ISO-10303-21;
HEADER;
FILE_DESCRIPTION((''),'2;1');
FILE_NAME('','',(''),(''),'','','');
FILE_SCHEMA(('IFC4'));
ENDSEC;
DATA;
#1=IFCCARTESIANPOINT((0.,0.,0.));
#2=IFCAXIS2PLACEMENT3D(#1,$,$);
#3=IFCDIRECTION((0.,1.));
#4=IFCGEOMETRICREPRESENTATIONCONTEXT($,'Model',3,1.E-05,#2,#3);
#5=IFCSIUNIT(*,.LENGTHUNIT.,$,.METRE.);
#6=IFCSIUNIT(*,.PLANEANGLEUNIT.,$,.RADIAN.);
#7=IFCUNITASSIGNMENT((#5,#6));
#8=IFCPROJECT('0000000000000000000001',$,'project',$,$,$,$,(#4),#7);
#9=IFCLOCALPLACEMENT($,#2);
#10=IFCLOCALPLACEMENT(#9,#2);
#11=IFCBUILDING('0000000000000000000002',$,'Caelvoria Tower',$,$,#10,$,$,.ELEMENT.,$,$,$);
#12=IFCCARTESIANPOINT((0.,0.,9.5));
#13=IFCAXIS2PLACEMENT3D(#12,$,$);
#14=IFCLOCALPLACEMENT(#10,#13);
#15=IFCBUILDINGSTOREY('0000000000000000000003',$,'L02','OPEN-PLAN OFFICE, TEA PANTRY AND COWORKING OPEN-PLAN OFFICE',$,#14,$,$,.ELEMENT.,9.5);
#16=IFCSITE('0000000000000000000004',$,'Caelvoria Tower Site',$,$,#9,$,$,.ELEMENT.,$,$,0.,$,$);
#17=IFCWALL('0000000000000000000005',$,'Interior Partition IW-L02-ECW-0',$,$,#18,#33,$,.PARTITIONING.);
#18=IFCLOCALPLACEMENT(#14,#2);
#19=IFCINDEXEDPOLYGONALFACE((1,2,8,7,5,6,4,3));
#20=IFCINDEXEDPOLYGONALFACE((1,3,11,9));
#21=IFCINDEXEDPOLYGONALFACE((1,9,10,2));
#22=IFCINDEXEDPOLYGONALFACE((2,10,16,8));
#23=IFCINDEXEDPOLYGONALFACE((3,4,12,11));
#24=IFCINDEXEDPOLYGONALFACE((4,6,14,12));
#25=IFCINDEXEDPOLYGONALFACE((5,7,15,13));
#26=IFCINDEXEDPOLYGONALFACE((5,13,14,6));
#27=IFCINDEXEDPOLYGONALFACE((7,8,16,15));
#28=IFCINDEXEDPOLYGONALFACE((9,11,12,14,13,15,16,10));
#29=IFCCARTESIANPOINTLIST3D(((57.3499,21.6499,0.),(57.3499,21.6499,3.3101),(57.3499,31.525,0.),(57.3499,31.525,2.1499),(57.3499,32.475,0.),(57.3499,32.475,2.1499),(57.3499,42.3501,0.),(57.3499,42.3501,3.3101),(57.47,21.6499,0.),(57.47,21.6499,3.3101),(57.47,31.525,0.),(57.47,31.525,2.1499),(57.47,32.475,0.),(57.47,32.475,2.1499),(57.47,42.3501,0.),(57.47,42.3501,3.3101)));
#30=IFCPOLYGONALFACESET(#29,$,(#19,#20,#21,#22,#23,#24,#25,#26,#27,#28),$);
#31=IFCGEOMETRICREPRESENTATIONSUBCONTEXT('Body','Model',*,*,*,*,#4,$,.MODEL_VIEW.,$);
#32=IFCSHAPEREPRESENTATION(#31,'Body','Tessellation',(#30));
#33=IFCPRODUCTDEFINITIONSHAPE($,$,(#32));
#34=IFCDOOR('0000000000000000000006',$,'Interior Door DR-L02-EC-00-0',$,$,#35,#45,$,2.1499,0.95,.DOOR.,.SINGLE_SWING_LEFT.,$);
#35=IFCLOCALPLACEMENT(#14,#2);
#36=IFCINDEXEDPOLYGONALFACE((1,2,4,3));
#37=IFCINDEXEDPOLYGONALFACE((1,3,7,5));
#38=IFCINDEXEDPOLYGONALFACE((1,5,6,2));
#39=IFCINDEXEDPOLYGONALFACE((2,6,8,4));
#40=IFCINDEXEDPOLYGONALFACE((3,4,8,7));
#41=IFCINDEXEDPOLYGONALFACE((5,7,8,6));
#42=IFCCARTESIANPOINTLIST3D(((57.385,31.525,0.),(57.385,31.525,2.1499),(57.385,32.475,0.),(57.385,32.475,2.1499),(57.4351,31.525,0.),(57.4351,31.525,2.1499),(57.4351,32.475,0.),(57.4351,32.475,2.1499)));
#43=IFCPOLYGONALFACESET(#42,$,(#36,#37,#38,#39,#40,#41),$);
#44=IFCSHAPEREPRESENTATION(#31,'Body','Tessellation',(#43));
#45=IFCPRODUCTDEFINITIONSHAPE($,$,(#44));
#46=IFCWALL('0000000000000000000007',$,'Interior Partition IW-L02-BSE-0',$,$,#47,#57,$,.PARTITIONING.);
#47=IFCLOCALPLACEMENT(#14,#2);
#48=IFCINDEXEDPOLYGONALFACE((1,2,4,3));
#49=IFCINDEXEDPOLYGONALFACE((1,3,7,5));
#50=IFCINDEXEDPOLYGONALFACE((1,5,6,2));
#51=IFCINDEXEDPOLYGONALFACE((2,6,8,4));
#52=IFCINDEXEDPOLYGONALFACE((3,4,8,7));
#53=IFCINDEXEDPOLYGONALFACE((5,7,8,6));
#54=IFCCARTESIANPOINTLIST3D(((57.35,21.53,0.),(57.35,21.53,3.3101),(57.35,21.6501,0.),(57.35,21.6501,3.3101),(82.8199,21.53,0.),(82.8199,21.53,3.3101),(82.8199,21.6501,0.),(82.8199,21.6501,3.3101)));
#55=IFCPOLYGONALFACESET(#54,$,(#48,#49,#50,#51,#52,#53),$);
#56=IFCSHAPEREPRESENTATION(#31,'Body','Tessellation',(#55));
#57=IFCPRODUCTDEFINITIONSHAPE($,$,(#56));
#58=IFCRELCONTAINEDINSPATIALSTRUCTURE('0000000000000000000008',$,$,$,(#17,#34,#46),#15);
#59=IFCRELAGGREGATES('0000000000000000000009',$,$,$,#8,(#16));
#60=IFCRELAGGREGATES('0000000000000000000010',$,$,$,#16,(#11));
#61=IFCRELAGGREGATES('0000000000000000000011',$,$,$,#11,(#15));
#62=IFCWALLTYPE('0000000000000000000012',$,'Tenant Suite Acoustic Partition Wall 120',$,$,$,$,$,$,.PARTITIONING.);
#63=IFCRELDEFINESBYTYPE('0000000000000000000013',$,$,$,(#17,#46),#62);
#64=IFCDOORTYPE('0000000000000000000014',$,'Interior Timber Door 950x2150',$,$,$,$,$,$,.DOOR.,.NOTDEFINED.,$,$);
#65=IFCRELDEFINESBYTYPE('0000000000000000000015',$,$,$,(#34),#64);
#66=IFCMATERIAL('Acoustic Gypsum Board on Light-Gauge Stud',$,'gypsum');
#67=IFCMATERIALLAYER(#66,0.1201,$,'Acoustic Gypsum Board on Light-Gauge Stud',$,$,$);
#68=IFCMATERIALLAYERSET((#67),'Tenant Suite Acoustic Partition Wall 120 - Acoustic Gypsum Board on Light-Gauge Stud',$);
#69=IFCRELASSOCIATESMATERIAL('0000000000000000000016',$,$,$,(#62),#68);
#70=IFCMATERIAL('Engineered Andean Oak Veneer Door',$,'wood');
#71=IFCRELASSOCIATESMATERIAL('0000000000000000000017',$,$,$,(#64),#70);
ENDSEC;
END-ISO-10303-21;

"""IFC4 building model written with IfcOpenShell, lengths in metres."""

from ifc_helpers import new_model, si_unit, direction, frame, frame_2d, origin, place, context, subcontext, project, spatial, rectangle, extrude, material, layer, layer_set, type_object, element, fill, save


model = new_model("IFC4")

# Units and contexts
model_context = context("Model", 3, precision=1e-05, world=origin(), true_north=direction((0.0, 1.0)))
body_context = subcontext(model_context, "Body", "Model", "MODEL_VIEW")
ifc_project = project(units=[si_unit("LENGTHUNIT", "METRE"), si_unit("PLANEANGLEUNIT", "RADIAN")], contexts=[model_context])

# Site, building, storey
site_placement = place(None, origin())
site = spatial("IfcSite", under=ifc_project, at=site_placement, Name="Caelvoria Tower Site", CompositionType="ELEMENT", RefElevation=0.0)
building_placement = place(site_placement, origin())
building = spatial("IfcBuilding", under=site, at=building_placement, Name="Caelvoria Tower", CompositionType="ELEMENT")
storey_placement = place(building_placement, frame((0.0, 0.0, 9.5)))
storey = spatial("IfcBuildingStorey", under=building, at=storey_placement, Name="L02", Description="OPEN-PLAN OFFICE, TEA PANTRY AND COWORKING OPEN-PLAN OFFICE", CompositionType="ELEMENT", Elevation=9.5)

# Wall, opening, door
ifc_material_1 = material(Name="Acoustic Gypsum Board on Light-Gauge Stud", Category="gypsum")
ifc_layer_1 = layer(ifc_material_1, 0.1201, Name="Acoustic Gypsum Board on Light-Gauge Stud")
ifc_layer_set_1 = layer_set([ifc_layer_1], Name="Tenant Suite Acoustic Partition Wall 120 - Acoustic Gypsum Board on Light-Gauge Stud")
wall_type_1 = type_object("IfcWallType", Name="Tenant Suite Acoustic Partition Wall 120", PredefinedType="PARTITIONING", material=ifc_layer_set_1)
wall_1_placement = place(storey_placement, frame((57.4099, 21.6499, 0.0), z_axis=(0.0, 0.0, 1.0), x_axis=(0.0, 1.0, 0.0)))
wall_1 = element("IfcWall", 1, at=wall_1_placement, inside=storey, type_object=wall_type_1, Name="Interior Partition IW-L02-ECW-0", PredefinedType="PARTITIONING", context=body_context, shape_type="SweptSolid", body=[
    extrude(rectangle(XDim=20.7002, YDim=0.1201, at=frame_2d((10.3501, 0.0))), origin(), (0.0, 0.0, 1.0), 3.3101),
])
opening_1_placement = place(wall_1_placement, frame((9.875, 0.0, 0.0)))
opening_1 = element("IfcOpeningElement", 2, at=opening_1_placement, cuts=wall_1, PredefinedType="OPENING", context=body_context, shape_type="SweptSolid", body=[
    extrude(rectangle(XDim=0.95, YDim=2.1499, at=frame_2d((0.4751, 1.075))), frame((0.0, 0.0701, 0.0), z_axis=(0.0, -1.0, 0.0), x_axis=(1.0, 0.0, 0.0)), (0.0, 0.0, 1.0), 0.1401),
])
ifc_material_2 = material(Name="Engineered Andean Oak Veneer Door", Category="wood")
door_type_1 = type_object("IfcDoorType", Name="Interior Timber Door 950x2150", OperationType="NOTDEFINED", PredefinedType="DOOR", material=ifc_material_2)
door_1_placement = place(opening_1_placement, origin())
door_1 = element("IfcDoor", 3, at=door_1_placement, inside=storey, type_object=door_type_1, Name="Interior Door DR-L02-EC-00-0", OperationType="SINGLE_SWING_LEFT", OverallHeight=2.1499, OverallWidth=0.95, PredefinedType="DOOR", context=body_context, shape_type="SweptSolid", body=[
    extrude(rectangle(XDim=0.95, YDim=2.1499, at=frame_2d((0.4751, 1.075))), frame((0.0, 0.0249, 0.0), z_axis=(0.0, -1.0, 0.0), x_axis=(1.0, 0.0, 0.0)), (0.0, 0.0, 1.0), 0.05),
])
fill(opening_1, door_1)

# Wall
wall_2_placement = place(storey_placement, frame((57.3501, 21.5901, 0.0), z_axis=(0.0, 0.0, 1.0), x_axis=(1.0, 0.0, 0.0)))
element("IfcWall", 4, at=wall_2_placement, inside=storey, type_object=wall_type_1, Name="Interior Partition IW-L02-BSE-0", PredefinedType="PARTITIONING", context=body_context, shape_type="SweptSolid", body=[
    extrude(rectangle(XDim=25.47, YDim=0.1201, at=frame_2d((12.7349, 0.0))), origin(), (0.0, 0.0, 1.0), 3.3101),
])

save(model, "model.ifc")
